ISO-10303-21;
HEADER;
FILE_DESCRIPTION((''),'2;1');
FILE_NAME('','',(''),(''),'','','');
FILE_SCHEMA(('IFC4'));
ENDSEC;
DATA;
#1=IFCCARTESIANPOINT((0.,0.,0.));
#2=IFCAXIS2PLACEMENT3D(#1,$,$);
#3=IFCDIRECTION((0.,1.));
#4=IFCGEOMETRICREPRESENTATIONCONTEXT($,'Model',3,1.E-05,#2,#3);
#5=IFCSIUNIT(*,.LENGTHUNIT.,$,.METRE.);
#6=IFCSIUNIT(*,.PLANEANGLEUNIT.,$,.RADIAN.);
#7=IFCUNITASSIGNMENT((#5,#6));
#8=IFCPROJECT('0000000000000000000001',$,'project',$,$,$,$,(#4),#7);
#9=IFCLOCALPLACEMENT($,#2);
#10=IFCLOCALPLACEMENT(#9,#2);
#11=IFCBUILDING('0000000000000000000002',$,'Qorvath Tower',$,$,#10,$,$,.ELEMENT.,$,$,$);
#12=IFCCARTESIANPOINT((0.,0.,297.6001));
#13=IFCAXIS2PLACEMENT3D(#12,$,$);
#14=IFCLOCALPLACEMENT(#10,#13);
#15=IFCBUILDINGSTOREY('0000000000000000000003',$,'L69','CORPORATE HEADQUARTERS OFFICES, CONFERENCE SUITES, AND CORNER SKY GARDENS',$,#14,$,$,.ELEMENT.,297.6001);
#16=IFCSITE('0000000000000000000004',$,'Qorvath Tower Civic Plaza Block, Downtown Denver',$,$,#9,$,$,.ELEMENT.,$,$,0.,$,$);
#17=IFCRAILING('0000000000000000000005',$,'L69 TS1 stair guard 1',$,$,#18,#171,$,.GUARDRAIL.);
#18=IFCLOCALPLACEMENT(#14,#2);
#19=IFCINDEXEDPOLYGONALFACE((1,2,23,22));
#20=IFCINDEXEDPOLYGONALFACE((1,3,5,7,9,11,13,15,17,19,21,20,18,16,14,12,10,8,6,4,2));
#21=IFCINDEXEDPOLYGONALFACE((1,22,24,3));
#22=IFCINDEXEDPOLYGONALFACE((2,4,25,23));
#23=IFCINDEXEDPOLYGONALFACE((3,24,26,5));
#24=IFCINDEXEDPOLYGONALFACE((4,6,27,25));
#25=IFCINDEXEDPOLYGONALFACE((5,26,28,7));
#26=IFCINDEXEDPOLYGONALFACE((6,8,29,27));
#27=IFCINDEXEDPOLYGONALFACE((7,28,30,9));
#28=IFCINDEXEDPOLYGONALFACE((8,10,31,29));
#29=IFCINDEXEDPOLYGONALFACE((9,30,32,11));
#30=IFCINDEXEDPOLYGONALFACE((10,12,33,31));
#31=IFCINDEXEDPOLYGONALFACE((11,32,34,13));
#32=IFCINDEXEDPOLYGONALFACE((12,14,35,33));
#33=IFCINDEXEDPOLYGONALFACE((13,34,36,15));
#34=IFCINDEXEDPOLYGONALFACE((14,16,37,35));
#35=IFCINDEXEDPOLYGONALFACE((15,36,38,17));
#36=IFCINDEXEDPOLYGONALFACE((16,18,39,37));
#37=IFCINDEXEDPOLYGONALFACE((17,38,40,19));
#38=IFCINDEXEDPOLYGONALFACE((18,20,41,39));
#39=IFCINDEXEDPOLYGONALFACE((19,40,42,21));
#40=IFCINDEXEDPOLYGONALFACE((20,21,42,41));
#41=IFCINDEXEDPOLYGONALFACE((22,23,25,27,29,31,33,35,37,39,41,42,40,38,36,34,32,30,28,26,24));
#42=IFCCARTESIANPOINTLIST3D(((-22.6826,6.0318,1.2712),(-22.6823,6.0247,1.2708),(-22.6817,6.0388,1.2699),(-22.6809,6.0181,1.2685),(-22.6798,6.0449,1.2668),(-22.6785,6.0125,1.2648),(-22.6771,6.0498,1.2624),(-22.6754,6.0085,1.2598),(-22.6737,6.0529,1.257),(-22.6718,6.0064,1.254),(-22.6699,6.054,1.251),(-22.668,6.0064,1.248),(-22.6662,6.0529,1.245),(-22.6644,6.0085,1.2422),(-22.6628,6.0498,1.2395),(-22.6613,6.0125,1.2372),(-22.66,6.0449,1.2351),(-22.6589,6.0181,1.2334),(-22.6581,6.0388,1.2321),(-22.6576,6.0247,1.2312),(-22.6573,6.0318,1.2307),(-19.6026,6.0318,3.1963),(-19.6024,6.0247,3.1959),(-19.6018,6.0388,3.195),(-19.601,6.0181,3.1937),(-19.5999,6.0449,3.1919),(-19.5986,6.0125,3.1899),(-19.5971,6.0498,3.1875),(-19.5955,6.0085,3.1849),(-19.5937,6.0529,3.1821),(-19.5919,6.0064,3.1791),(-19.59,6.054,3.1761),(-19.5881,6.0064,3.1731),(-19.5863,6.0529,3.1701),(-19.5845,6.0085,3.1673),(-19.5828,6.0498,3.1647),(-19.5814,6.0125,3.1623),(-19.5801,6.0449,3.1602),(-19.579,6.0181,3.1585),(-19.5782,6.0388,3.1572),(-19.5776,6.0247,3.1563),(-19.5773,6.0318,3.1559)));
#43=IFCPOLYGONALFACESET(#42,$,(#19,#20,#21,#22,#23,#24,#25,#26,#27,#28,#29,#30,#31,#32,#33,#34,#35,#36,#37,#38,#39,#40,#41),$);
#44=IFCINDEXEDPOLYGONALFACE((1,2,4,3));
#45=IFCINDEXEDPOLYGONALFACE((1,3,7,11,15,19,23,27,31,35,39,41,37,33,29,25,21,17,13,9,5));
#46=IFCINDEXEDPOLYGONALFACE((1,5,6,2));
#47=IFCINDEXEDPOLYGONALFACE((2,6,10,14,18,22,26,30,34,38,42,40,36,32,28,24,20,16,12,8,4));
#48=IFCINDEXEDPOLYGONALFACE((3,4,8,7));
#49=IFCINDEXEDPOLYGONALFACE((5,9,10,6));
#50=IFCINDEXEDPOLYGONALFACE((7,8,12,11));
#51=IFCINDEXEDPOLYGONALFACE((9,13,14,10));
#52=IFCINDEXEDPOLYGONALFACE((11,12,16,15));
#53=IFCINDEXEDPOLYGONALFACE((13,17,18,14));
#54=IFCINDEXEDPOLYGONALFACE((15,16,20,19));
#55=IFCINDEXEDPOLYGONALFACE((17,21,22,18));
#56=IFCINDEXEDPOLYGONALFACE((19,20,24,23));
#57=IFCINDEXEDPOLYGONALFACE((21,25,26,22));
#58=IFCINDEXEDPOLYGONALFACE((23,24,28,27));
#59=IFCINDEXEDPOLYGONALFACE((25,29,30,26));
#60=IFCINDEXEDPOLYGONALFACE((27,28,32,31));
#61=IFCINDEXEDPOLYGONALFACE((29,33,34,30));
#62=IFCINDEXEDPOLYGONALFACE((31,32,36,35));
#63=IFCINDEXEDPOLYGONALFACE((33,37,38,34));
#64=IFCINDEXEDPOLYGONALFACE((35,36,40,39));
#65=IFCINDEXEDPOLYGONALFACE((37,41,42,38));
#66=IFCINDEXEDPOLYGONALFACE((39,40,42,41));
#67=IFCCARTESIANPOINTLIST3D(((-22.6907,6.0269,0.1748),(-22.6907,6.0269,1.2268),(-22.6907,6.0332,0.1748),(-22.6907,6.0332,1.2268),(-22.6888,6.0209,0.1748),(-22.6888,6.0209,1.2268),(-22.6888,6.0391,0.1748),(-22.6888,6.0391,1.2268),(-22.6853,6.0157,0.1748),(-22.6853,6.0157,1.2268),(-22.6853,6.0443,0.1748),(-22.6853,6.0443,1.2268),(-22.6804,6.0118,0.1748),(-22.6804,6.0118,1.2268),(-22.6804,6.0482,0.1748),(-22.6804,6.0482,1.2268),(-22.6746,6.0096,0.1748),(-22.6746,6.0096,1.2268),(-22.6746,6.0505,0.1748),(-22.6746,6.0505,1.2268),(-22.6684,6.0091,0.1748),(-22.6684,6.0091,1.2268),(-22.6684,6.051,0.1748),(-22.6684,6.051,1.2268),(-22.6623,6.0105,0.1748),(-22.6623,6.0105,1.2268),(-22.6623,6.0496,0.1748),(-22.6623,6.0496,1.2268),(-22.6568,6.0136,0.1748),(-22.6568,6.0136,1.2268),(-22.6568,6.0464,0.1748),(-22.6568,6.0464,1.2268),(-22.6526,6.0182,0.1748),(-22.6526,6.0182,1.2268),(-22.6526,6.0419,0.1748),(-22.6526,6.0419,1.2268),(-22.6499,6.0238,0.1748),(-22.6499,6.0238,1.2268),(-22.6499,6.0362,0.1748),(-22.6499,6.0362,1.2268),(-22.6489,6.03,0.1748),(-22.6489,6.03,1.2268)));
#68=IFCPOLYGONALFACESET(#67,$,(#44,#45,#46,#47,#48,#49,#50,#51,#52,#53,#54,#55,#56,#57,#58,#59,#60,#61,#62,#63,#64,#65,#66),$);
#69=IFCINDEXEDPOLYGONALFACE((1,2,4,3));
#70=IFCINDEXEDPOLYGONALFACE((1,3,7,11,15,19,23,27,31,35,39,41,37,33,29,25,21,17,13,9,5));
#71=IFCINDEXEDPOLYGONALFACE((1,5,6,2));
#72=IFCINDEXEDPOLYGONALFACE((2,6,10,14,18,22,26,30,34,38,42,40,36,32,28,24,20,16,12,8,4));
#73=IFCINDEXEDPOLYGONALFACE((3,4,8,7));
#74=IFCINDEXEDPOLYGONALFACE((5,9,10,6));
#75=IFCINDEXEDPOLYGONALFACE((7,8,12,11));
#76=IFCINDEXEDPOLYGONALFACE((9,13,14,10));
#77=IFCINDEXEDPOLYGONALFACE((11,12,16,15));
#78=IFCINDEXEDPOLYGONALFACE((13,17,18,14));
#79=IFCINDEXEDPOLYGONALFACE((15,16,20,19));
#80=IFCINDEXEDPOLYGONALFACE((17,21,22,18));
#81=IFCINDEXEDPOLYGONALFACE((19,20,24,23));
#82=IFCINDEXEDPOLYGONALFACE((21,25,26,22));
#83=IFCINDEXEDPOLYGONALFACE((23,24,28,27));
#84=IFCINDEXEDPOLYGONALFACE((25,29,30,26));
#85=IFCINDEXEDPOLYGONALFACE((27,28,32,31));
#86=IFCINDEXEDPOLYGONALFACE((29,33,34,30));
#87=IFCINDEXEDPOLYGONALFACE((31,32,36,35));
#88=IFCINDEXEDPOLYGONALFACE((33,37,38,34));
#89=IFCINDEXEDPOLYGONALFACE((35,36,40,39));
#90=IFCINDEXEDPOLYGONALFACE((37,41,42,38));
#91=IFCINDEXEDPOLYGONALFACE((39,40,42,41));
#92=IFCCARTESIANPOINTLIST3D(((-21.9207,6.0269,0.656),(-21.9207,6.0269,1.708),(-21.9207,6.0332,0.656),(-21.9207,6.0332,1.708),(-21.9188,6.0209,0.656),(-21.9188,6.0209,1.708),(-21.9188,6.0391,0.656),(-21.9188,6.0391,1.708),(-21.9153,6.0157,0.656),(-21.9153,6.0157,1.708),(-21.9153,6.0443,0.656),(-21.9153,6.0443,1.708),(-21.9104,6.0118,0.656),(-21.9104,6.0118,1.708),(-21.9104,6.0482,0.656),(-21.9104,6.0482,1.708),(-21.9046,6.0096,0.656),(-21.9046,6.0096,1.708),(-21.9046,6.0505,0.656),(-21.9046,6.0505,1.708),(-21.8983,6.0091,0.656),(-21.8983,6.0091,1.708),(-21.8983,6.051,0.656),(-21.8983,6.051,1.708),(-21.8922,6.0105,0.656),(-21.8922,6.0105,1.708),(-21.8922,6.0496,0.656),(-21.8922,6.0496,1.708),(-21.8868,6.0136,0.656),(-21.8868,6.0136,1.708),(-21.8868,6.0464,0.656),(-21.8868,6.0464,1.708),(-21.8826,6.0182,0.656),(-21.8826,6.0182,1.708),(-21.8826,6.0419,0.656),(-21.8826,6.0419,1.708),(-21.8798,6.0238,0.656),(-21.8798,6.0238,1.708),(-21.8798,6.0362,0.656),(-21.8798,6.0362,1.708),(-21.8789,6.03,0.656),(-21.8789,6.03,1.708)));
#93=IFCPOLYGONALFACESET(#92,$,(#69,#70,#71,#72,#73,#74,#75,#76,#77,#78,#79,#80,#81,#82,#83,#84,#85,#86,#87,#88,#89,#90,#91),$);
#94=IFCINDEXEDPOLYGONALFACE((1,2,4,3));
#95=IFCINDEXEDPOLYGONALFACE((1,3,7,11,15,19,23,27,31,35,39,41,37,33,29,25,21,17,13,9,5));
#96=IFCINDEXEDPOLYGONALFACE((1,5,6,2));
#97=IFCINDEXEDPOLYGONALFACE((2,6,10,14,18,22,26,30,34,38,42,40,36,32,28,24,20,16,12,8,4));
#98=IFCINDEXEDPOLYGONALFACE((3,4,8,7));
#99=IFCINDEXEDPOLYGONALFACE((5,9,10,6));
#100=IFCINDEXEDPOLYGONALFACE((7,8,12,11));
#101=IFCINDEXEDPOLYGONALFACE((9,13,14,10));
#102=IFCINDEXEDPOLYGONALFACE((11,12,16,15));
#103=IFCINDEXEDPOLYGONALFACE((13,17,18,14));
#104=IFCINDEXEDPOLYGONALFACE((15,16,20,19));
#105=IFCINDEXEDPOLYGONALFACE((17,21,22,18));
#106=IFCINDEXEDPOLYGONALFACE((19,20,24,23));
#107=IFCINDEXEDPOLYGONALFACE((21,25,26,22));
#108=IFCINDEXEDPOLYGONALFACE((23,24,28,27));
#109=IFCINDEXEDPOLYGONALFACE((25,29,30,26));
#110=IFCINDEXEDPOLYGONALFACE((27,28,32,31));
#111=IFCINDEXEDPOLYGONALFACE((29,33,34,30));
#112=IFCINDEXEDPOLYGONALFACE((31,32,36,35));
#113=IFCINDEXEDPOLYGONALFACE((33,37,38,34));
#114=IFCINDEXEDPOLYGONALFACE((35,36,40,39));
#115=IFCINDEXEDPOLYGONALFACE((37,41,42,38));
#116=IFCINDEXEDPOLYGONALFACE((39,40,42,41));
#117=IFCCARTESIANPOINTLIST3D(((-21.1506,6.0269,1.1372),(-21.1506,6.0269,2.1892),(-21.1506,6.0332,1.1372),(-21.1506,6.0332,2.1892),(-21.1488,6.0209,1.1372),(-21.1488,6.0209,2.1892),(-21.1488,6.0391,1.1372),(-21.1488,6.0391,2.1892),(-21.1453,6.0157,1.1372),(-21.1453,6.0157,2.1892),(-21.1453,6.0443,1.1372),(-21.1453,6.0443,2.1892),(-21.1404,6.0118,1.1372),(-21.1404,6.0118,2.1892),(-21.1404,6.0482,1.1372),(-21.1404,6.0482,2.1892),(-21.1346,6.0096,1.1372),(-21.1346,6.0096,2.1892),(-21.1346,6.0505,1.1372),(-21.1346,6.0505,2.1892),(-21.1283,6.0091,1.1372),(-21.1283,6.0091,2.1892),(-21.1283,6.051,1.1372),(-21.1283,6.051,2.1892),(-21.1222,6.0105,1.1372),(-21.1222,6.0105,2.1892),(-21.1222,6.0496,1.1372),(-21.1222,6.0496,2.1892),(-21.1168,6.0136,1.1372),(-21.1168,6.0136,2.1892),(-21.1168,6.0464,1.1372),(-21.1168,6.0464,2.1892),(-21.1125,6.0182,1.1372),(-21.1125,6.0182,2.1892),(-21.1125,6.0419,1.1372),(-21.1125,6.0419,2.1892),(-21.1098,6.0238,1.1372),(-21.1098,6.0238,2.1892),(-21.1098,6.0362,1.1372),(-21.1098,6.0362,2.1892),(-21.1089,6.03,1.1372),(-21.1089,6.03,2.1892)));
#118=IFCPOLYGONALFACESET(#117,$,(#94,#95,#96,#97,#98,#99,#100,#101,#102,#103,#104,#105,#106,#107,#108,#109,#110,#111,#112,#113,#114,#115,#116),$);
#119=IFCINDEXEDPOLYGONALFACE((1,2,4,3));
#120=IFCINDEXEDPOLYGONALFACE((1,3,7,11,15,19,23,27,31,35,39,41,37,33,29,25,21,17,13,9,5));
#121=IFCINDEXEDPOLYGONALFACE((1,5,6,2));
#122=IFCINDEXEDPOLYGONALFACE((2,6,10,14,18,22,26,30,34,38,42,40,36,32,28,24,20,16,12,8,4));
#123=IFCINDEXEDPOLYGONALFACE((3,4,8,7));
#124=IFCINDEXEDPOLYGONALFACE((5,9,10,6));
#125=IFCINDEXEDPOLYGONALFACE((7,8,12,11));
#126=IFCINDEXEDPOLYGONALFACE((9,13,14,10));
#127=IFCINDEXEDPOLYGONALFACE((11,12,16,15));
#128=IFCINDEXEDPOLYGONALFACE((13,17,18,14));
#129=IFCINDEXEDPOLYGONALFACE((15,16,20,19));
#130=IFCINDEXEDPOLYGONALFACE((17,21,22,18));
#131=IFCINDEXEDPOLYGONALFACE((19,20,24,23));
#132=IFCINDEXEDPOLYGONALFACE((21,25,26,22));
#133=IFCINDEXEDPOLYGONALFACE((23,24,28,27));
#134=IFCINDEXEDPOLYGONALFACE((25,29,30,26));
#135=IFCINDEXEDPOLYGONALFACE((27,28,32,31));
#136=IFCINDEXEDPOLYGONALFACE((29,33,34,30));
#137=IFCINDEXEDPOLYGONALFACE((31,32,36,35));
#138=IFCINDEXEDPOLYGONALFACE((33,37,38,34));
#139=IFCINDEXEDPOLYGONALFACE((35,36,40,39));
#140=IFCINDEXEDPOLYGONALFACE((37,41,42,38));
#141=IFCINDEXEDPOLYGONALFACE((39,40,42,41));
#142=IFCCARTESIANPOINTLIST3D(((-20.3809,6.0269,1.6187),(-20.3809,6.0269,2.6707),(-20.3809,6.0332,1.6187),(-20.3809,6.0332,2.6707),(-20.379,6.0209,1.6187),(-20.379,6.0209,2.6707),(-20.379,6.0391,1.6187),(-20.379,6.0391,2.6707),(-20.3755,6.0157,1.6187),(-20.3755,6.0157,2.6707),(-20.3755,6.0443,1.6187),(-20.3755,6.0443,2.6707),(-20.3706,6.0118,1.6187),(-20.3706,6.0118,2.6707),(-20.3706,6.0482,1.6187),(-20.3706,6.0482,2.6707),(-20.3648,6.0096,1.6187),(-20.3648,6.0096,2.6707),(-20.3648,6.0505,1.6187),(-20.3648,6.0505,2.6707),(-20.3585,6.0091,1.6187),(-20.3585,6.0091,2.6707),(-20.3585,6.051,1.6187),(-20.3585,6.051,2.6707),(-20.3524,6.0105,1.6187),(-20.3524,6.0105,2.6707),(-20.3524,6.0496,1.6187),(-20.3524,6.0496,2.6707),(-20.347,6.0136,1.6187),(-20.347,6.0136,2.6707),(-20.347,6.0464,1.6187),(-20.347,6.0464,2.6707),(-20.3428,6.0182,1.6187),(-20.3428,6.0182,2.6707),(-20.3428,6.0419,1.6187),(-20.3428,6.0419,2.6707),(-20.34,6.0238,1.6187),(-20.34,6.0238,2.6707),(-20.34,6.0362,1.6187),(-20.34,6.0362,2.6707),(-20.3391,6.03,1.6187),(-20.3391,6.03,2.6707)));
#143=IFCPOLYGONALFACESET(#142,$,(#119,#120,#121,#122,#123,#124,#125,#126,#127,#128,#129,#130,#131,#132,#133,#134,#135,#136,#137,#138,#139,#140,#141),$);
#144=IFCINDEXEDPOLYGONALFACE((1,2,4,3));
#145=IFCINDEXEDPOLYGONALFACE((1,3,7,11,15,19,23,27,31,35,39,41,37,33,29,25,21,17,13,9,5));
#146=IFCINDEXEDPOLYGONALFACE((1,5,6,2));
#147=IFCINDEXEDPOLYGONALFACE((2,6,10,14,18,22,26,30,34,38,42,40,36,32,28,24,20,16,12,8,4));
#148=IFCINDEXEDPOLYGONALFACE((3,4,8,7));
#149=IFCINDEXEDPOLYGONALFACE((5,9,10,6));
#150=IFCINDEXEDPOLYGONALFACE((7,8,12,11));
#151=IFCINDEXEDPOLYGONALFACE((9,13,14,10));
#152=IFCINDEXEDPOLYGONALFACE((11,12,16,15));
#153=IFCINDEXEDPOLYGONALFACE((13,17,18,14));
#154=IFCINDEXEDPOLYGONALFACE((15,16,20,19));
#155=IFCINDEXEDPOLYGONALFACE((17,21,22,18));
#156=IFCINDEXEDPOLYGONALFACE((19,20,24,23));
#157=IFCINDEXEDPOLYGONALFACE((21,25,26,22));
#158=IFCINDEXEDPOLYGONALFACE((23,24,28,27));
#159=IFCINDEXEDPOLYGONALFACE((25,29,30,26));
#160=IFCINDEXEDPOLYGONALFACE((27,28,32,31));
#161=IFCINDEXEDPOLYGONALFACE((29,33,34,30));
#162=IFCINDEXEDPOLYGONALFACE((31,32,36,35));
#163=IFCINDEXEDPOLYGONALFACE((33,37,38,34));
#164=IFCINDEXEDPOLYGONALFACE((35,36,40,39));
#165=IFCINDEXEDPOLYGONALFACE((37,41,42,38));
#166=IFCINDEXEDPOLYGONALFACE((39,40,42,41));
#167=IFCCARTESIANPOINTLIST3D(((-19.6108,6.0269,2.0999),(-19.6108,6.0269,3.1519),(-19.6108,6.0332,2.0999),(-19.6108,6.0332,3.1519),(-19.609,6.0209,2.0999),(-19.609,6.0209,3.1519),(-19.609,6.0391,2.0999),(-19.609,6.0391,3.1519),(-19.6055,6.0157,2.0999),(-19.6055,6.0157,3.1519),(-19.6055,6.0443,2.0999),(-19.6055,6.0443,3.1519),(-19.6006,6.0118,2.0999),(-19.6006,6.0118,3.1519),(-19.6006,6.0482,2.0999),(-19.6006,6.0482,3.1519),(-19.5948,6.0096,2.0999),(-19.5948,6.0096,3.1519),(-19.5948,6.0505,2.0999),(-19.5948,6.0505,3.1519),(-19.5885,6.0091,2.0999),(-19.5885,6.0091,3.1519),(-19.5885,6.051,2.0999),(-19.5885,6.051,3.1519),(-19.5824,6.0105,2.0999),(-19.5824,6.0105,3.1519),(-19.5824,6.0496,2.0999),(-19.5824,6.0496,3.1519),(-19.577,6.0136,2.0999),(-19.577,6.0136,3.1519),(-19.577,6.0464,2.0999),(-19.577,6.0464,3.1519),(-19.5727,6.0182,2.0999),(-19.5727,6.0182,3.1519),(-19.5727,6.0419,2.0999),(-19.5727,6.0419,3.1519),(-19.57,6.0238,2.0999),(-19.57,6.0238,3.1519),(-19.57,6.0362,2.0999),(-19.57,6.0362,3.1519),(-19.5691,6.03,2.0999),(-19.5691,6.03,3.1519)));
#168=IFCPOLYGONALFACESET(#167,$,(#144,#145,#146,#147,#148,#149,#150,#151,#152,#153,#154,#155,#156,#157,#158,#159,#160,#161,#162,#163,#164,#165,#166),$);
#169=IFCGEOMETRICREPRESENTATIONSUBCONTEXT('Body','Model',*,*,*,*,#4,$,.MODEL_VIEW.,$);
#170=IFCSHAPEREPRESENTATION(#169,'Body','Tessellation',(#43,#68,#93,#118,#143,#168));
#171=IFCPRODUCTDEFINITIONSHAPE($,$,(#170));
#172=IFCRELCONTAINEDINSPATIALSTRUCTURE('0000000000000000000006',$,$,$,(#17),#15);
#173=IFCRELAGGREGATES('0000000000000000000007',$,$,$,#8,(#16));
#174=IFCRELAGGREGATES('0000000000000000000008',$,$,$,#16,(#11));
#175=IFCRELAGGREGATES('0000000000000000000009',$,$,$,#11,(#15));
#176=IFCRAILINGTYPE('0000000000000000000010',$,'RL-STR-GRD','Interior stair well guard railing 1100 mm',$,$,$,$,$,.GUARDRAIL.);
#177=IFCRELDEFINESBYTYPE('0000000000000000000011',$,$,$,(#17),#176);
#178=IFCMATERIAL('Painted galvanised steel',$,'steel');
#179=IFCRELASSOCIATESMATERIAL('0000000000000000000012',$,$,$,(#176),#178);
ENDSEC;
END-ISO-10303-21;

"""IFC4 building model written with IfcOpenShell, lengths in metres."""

from ifc_helpers import new_model, si_unit, direction, frame, origin, origin_2d, place, context, subcontext, project, spatial, circle, extrude, material, type_object, element, save


model = new_model("IFC4")

# Units and contexts
model_context = context("Model", 3, precision=1e-05, world=origin(), true_north=direction((0.0, 1.0)))
body_context = subcontext(model_context, "Body", "Model", "MODEL_VIEW")
ifc_project = project(units=[si_unit("LENGTHUNIT", "METRE"), si_unit("PLANEANGLEUNIT", "RADIAN")], contexts=[model_context])

# Site, building, storey
site_placement = place(None, origin())
site = spatial("IfcSite", under=ifc_project, at=site_placement, Name="Qorvath Tower Civic Plaza Block, Downtown Denver", CompositionType="ELEMENT", RefElevation=0.0)
building_placement = place(site_placement, origin())
building = spatial("IfcBuilding", under=site, at=building_placement, Name="Qorvath Tower", CompositionType="ELEMENT")
storey_placement = place(building_placement, frame((0.0, 0.0, 297.6001)))
storey = spatial("IfcBuildingStorey", under=building, at=storey_placement, Name="L69", Description="CORPORATE HEADQUARTERS OFFICES, CONFERENCE SUITES, AND CORNER SKY GARDENS", CompositionType="ELEMENT", Elevation=297.6001)

# Railing
ifc_material_1 = material(Name="Painted galvanised steel", Category="steel")
railing_type_1 = type_object("IfcRailingType", Name="RL-STR-GRD", Description="Interior stair well guard railing 1100 mm", PredefinedType="GUARDRAIL", material=ifc_material_1)
railing_1_placement = place(storey_placement, frame((-22.6699, 6.03, 0.1748)))
element("IfcRailing", 1, at=railing_1_placement, inside=storey, type_object=railing_type_1, Name="L69 TS1 stair guard 1", PredefinedType="GUARDRAIL", context=body_context, shape_type="SweptSolid", body=[
    extrude(circle(Radius=0.0239, at=origin_2d()), frame((0.0, 0.0, 1.0762), z_axis=(0.847979, 0.0, 0.530029), x_axis=(0.0, 1.0, 0.0)), (0.0, 0.0, 1.0), 3.6321),
    extrude(circle(Radius=0.021, at=origin_2d()), origin(), (0.0, 0.0, 1.0), 1.052),
    extrude(circle(Radius=0.021, at=origin_2d()), frame((0.77, 0.0, 0.4812)), (0.0, 0.0, 1.0), 1.052),
    extrude(circle(Radius=0.021, at=origin_2d()), frame((1.54, 0.0, 0.9624)), (0.0, 0.0, 1.0), 1.052),
    extrude(circle(Radius=0.021, at=origin_2d()), frame((2.3098, 0.0, 1.4438)), (0.0, 0.0, 1.0), 1.052),
    extrude(circle(Radius=0.021, at=origin_2d()), frame((3.0798, 0.0, 1.925)), (0.0, 0.0, 1.0), 1.052),
])

save(model, "model.ifc")
